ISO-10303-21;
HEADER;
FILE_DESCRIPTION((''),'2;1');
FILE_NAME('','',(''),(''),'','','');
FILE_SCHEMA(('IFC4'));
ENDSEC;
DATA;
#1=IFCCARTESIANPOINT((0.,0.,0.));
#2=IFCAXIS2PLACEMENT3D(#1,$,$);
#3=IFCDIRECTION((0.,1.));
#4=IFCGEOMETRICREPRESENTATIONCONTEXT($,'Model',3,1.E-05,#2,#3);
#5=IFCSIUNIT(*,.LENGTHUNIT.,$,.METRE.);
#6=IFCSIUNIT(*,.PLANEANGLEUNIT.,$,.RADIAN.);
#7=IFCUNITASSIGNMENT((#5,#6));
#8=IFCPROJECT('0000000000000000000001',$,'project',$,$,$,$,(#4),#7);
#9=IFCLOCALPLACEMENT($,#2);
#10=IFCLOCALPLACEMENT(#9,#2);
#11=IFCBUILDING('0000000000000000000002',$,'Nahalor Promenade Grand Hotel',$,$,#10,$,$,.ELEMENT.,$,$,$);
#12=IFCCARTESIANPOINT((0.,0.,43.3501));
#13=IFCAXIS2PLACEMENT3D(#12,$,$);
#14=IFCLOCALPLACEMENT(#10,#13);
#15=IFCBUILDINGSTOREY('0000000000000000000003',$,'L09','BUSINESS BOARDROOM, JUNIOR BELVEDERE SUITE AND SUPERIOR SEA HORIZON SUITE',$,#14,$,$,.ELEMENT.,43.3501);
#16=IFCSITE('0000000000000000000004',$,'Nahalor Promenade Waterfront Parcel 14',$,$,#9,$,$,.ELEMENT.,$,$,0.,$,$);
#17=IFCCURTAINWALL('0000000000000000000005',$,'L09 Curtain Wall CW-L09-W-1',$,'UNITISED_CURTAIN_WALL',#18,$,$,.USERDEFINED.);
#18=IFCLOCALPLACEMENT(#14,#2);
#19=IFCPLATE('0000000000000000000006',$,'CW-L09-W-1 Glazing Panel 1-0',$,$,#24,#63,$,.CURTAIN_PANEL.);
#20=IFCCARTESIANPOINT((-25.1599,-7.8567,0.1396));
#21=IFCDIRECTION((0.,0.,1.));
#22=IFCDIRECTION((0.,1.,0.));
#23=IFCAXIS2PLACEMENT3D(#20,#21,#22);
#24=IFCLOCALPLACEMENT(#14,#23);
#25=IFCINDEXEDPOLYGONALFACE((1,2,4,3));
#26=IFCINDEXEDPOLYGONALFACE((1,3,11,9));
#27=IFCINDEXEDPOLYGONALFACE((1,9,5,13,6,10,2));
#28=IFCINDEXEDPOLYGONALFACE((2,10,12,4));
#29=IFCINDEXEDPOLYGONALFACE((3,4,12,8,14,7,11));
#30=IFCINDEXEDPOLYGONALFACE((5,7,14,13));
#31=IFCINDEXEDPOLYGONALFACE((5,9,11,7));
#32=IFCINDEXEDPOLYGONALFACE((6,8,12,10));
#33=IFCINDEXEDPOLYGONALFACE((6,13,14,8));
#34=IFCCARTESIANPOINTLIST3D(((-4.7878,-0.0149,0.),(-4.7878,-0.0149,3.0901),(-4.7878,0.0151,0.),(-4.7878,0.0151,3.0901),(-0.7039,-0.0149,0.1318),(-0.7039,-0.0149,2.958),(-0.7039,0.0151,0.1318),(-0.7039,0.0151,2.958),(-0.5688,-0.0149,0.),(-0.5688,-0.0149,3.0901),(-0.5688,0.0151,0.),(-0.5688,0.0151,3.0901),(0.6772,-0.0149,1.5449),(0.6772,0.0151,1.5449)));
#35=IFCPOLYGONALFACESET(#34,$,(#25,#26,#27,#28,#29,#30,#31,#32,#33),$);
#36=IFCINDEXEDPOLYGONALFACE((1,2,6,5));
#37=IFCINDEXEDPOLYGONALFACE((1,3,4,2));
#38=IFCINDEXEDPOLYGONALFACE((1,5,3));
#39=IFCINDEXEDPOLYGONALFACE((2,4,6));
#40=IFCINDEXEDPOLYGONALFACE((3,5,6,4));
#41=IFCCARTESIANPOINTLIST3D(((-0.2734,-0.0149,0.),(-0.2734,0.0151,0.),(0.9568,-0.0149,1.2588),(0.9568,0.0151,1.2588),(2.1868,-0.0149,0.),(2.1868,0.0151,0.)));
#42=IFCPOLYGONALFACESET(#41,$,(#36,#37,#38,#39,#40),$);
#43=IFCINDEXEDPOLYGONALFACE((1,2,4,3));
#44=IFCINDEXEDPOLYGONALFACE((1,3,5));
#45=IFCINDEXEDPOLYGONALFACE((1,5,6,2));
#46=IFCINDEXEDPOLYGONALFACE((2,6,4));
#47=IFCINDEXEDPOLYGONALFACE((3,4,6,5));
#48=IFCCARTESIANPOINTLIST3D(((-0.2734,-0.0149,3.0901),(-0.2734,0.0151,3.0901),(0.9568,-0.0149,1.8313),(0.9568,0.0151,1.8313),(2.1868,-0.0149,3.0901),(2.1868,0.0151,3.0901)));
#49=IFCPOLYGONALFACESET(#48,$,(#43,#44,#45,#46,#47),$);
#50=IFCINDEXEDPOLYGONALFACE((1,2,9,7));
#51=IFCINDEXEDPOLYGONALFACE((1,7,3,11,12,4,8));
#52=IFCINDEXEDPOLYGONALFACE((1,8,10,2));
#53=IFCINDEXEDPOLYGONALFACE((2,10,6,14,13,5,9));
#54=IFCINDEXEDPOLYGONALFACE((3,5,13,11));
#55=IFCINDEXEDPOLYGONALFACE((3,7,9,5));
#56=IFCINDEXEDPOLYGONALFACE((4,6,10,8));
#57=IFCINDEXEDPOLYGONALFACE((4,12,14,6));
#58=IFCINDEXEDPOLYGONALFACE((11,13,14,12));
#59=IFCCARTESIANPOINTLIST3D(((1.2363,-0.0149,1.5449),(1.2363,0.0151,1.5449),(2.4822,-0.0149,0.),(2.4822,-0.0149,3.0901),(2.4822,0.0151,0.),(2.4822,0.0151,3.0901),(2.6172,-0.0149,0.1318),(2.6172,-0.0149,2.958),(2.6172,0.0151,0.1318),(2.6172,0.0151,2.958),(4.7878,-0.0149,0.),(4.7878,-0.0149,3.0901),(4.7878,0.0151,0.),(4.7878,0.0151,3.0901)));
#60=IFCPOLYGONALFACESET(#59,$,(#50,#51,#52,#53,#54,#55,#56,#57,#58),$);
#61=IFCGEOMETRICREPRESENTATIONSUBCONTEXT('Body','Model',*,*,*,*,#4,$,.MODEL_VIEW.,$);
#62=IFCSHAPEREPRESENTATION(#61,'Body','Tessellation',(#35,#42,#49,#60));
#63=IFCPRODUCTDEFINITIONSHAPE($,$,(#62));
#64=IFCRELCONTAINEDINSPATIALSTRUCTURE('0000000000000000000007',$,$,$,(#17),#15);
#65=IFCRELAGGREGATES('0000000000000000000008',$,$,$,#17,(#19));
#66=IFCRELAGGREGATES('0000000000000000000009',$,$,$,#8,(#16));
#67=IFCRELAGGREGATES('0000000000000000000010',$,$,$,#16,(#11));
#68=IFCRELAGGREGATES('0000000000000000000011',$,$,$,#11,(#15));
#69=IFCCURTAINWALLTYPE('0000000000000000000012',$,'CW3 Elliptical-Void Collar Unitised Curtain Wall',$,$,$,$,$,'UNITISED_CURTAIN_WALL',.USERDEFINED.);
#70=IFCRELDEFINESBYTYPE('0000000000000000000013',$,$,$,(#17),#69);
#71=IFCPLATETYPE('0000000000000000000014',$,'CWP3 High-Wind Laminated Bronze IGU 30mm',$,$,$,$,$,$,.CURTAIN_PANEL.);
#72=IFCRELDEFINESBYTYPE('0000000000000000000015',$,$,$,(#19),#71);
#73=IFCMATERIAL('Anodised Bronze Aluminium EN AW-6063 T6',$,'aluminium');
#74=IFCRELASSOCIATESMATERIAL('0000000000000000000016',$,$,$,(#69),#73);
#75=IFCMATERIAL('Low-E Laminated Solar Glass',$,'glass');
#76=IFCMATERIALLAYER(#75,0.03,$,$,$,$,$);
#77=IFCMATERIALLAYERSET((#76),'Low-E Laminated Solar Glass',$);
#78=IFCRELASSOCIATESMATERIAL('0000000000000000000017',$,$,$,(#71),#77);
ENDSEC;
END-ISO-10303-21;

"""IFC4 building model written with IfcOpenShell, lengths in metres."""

from ifc_helpers import new_model, si_unit, direction, frame, origin, place, context, subcontext, project, spatial, polyline, outline, extrude, material, layer, layer_set, type_object, element, aggregate, save


model = new_model("IFC4")

# Units and contexts
model_context = context("Model", 3, precision=1e-05, world=origin(), true_north=direction((0.0, 1.0)))
body_context = subcontext(model_context, "Body", "Model", "MODEL_VIEW")
ifc_project = project(units=[si_unit("LENGTHUNIT", "METRE"), si_unit("PLANEANGLEUNIT", "RADIAN")], contexts=[model_context])

# Site, building, storey
site_placement = place(None, origin())
site = spatial("IfcSite", under=ifc_project, at=site_placement, Name="Nahalor Promenade Waterfront Parcel 14", CompositionType="ELEMENT", RefElevation=0.0)
building_placement = place(site_placement, origin())
building = spatial("IfcBuilding", under=site, at=building_placement, Name="Nahalor Promenade Grand Hotel", CompositionType="ELEMENT")
storey_placement = place(building_placement, frame((0.0, 0.0, 43.3501)))
storey = spatial("IfcBuildingStorey", under=building, at=storey_placement, Name="L09", Description="BUSINESS BOARDROOM, JUNIOR BELVEDERE SUITE AND SUPERIOR SEA HORIZON SUITE", CompositionType="ELEMENT", Elevation=43.3501)

# Curtain wall
ifc_material_1 = material(Name="Anodised Bronze Aluminium EN AW-6063 T6", Category="aluminium")
curtain_wall_type = type_object("IfcCurtainWallType", Name="CW3 Elliptical-Void Collar Unitised Curtain Wall", ElementType="UNITISED_CURTAIN_WALL", PredefinedType="USERDEFINED", material=ifc_material_1)
curtain_wall_1_placement = place(storey_placement, origin())
curtain_wall_1 = element("IfcCurtainWall", 1, at=curtain_wall_1_placement, inside=storey, type_object=curtain_wall_type, Name="L09 Curtain Wall CW-L09-W-1", ObjectType="UNITISED_CURTAIN_WALL", PredefinedType="USERDEFINED")

# Plate
ifc_material_2 = material(Name="Low-E Laminated Solar Glass", Category="glass")
ifc_layer_1 = layer(ifc_material_2, 0.03)
ifc_layer_set_1 = layer_set([ifc_layer_1], Name="Low-E Laminated Solar Glass")
plate_type_1 = type_object("IfcPlateType", Name="CWP3 High-Wind Laminated Bronze IGU 30mm", PredefinedType="CURTAIN_PANEL", material=ifc_layer_set_1)
plate_1_placement = place(storey_placement, frame((-25.1599, -7.8567, 0.1396), z_axis=(0.0, 0.0, 1.0), x_axis=(0.0, 1.0, 0.0)))
plate_1 = element("IfcPlate", 2, at=plate_1_placement, type_object=plate_type_1, Name="CW-L09-W-1 Glazing Panel 1-0", PredefinedType="CURTAIN_PANEL", context=body_context, shape_type="SweptSolid", body=[
    extrude(outline(polyline([(-4.7878, 3.0901), (-4.7878, 0.0), (-0.5688, 0.0), (-0.7039, 0.1318), (0.6772, 1.5449), (-0.7039, 2.958), (-0.5688, 3.0901), (-4.7878, 3.0901)])), frame((0.0, 0.0151, 0.0), z_axis=(0.0, -1.0, 0.0), x_axis=(1.0, 0.0, 0.0)), (0.0, 0.0, 1.0), 0.03),
    extrude(outline(polyline([(0.9568, 1.2588), (-0.2734, 0.0), (2.1868, 0.0), (0.9568, 1.2588)])), frame((0.0, 0.0151, 0.0), z_axis=(0.0, -1.0, 0.0), x_axis=(1.0, 0.0, 0.0)), (0.0, 0.0, 1.0), 0.03),
    extrude(outline(polyline([(0.9568, 1.8313), (2.1868, 3.0901), (-0.2734, 3.0901), (0.9568, 1.8313)])), frame((0.0, 0.0151, 0.0), z_axis=(0.0, -1.0, 0.0), x_axis=(1.0, 0.0, 0.0)), (0.0, 0.0, 1.0), 0.03),
    extrude(outline(polyline([(4.7878, 0.0), (4.7878, 3.0901), (2.4822, 3.0901), (2.6172, 2.958), (1.2363, 1.5449), (2.6172, 0.1318), (2.4822, 0.0), (4.7878, 0.0)])), frame((0.0, 0.0151, 0.0), z_axis=(0.0, -1.0, 0.0), x_axis=(1.0, 0.0, 0.0)), (0.0, 0.0, 1.0), 0.03),
])
aggregate(curtain_wall_1, [plate_1])

save(model, "model.ifc")
